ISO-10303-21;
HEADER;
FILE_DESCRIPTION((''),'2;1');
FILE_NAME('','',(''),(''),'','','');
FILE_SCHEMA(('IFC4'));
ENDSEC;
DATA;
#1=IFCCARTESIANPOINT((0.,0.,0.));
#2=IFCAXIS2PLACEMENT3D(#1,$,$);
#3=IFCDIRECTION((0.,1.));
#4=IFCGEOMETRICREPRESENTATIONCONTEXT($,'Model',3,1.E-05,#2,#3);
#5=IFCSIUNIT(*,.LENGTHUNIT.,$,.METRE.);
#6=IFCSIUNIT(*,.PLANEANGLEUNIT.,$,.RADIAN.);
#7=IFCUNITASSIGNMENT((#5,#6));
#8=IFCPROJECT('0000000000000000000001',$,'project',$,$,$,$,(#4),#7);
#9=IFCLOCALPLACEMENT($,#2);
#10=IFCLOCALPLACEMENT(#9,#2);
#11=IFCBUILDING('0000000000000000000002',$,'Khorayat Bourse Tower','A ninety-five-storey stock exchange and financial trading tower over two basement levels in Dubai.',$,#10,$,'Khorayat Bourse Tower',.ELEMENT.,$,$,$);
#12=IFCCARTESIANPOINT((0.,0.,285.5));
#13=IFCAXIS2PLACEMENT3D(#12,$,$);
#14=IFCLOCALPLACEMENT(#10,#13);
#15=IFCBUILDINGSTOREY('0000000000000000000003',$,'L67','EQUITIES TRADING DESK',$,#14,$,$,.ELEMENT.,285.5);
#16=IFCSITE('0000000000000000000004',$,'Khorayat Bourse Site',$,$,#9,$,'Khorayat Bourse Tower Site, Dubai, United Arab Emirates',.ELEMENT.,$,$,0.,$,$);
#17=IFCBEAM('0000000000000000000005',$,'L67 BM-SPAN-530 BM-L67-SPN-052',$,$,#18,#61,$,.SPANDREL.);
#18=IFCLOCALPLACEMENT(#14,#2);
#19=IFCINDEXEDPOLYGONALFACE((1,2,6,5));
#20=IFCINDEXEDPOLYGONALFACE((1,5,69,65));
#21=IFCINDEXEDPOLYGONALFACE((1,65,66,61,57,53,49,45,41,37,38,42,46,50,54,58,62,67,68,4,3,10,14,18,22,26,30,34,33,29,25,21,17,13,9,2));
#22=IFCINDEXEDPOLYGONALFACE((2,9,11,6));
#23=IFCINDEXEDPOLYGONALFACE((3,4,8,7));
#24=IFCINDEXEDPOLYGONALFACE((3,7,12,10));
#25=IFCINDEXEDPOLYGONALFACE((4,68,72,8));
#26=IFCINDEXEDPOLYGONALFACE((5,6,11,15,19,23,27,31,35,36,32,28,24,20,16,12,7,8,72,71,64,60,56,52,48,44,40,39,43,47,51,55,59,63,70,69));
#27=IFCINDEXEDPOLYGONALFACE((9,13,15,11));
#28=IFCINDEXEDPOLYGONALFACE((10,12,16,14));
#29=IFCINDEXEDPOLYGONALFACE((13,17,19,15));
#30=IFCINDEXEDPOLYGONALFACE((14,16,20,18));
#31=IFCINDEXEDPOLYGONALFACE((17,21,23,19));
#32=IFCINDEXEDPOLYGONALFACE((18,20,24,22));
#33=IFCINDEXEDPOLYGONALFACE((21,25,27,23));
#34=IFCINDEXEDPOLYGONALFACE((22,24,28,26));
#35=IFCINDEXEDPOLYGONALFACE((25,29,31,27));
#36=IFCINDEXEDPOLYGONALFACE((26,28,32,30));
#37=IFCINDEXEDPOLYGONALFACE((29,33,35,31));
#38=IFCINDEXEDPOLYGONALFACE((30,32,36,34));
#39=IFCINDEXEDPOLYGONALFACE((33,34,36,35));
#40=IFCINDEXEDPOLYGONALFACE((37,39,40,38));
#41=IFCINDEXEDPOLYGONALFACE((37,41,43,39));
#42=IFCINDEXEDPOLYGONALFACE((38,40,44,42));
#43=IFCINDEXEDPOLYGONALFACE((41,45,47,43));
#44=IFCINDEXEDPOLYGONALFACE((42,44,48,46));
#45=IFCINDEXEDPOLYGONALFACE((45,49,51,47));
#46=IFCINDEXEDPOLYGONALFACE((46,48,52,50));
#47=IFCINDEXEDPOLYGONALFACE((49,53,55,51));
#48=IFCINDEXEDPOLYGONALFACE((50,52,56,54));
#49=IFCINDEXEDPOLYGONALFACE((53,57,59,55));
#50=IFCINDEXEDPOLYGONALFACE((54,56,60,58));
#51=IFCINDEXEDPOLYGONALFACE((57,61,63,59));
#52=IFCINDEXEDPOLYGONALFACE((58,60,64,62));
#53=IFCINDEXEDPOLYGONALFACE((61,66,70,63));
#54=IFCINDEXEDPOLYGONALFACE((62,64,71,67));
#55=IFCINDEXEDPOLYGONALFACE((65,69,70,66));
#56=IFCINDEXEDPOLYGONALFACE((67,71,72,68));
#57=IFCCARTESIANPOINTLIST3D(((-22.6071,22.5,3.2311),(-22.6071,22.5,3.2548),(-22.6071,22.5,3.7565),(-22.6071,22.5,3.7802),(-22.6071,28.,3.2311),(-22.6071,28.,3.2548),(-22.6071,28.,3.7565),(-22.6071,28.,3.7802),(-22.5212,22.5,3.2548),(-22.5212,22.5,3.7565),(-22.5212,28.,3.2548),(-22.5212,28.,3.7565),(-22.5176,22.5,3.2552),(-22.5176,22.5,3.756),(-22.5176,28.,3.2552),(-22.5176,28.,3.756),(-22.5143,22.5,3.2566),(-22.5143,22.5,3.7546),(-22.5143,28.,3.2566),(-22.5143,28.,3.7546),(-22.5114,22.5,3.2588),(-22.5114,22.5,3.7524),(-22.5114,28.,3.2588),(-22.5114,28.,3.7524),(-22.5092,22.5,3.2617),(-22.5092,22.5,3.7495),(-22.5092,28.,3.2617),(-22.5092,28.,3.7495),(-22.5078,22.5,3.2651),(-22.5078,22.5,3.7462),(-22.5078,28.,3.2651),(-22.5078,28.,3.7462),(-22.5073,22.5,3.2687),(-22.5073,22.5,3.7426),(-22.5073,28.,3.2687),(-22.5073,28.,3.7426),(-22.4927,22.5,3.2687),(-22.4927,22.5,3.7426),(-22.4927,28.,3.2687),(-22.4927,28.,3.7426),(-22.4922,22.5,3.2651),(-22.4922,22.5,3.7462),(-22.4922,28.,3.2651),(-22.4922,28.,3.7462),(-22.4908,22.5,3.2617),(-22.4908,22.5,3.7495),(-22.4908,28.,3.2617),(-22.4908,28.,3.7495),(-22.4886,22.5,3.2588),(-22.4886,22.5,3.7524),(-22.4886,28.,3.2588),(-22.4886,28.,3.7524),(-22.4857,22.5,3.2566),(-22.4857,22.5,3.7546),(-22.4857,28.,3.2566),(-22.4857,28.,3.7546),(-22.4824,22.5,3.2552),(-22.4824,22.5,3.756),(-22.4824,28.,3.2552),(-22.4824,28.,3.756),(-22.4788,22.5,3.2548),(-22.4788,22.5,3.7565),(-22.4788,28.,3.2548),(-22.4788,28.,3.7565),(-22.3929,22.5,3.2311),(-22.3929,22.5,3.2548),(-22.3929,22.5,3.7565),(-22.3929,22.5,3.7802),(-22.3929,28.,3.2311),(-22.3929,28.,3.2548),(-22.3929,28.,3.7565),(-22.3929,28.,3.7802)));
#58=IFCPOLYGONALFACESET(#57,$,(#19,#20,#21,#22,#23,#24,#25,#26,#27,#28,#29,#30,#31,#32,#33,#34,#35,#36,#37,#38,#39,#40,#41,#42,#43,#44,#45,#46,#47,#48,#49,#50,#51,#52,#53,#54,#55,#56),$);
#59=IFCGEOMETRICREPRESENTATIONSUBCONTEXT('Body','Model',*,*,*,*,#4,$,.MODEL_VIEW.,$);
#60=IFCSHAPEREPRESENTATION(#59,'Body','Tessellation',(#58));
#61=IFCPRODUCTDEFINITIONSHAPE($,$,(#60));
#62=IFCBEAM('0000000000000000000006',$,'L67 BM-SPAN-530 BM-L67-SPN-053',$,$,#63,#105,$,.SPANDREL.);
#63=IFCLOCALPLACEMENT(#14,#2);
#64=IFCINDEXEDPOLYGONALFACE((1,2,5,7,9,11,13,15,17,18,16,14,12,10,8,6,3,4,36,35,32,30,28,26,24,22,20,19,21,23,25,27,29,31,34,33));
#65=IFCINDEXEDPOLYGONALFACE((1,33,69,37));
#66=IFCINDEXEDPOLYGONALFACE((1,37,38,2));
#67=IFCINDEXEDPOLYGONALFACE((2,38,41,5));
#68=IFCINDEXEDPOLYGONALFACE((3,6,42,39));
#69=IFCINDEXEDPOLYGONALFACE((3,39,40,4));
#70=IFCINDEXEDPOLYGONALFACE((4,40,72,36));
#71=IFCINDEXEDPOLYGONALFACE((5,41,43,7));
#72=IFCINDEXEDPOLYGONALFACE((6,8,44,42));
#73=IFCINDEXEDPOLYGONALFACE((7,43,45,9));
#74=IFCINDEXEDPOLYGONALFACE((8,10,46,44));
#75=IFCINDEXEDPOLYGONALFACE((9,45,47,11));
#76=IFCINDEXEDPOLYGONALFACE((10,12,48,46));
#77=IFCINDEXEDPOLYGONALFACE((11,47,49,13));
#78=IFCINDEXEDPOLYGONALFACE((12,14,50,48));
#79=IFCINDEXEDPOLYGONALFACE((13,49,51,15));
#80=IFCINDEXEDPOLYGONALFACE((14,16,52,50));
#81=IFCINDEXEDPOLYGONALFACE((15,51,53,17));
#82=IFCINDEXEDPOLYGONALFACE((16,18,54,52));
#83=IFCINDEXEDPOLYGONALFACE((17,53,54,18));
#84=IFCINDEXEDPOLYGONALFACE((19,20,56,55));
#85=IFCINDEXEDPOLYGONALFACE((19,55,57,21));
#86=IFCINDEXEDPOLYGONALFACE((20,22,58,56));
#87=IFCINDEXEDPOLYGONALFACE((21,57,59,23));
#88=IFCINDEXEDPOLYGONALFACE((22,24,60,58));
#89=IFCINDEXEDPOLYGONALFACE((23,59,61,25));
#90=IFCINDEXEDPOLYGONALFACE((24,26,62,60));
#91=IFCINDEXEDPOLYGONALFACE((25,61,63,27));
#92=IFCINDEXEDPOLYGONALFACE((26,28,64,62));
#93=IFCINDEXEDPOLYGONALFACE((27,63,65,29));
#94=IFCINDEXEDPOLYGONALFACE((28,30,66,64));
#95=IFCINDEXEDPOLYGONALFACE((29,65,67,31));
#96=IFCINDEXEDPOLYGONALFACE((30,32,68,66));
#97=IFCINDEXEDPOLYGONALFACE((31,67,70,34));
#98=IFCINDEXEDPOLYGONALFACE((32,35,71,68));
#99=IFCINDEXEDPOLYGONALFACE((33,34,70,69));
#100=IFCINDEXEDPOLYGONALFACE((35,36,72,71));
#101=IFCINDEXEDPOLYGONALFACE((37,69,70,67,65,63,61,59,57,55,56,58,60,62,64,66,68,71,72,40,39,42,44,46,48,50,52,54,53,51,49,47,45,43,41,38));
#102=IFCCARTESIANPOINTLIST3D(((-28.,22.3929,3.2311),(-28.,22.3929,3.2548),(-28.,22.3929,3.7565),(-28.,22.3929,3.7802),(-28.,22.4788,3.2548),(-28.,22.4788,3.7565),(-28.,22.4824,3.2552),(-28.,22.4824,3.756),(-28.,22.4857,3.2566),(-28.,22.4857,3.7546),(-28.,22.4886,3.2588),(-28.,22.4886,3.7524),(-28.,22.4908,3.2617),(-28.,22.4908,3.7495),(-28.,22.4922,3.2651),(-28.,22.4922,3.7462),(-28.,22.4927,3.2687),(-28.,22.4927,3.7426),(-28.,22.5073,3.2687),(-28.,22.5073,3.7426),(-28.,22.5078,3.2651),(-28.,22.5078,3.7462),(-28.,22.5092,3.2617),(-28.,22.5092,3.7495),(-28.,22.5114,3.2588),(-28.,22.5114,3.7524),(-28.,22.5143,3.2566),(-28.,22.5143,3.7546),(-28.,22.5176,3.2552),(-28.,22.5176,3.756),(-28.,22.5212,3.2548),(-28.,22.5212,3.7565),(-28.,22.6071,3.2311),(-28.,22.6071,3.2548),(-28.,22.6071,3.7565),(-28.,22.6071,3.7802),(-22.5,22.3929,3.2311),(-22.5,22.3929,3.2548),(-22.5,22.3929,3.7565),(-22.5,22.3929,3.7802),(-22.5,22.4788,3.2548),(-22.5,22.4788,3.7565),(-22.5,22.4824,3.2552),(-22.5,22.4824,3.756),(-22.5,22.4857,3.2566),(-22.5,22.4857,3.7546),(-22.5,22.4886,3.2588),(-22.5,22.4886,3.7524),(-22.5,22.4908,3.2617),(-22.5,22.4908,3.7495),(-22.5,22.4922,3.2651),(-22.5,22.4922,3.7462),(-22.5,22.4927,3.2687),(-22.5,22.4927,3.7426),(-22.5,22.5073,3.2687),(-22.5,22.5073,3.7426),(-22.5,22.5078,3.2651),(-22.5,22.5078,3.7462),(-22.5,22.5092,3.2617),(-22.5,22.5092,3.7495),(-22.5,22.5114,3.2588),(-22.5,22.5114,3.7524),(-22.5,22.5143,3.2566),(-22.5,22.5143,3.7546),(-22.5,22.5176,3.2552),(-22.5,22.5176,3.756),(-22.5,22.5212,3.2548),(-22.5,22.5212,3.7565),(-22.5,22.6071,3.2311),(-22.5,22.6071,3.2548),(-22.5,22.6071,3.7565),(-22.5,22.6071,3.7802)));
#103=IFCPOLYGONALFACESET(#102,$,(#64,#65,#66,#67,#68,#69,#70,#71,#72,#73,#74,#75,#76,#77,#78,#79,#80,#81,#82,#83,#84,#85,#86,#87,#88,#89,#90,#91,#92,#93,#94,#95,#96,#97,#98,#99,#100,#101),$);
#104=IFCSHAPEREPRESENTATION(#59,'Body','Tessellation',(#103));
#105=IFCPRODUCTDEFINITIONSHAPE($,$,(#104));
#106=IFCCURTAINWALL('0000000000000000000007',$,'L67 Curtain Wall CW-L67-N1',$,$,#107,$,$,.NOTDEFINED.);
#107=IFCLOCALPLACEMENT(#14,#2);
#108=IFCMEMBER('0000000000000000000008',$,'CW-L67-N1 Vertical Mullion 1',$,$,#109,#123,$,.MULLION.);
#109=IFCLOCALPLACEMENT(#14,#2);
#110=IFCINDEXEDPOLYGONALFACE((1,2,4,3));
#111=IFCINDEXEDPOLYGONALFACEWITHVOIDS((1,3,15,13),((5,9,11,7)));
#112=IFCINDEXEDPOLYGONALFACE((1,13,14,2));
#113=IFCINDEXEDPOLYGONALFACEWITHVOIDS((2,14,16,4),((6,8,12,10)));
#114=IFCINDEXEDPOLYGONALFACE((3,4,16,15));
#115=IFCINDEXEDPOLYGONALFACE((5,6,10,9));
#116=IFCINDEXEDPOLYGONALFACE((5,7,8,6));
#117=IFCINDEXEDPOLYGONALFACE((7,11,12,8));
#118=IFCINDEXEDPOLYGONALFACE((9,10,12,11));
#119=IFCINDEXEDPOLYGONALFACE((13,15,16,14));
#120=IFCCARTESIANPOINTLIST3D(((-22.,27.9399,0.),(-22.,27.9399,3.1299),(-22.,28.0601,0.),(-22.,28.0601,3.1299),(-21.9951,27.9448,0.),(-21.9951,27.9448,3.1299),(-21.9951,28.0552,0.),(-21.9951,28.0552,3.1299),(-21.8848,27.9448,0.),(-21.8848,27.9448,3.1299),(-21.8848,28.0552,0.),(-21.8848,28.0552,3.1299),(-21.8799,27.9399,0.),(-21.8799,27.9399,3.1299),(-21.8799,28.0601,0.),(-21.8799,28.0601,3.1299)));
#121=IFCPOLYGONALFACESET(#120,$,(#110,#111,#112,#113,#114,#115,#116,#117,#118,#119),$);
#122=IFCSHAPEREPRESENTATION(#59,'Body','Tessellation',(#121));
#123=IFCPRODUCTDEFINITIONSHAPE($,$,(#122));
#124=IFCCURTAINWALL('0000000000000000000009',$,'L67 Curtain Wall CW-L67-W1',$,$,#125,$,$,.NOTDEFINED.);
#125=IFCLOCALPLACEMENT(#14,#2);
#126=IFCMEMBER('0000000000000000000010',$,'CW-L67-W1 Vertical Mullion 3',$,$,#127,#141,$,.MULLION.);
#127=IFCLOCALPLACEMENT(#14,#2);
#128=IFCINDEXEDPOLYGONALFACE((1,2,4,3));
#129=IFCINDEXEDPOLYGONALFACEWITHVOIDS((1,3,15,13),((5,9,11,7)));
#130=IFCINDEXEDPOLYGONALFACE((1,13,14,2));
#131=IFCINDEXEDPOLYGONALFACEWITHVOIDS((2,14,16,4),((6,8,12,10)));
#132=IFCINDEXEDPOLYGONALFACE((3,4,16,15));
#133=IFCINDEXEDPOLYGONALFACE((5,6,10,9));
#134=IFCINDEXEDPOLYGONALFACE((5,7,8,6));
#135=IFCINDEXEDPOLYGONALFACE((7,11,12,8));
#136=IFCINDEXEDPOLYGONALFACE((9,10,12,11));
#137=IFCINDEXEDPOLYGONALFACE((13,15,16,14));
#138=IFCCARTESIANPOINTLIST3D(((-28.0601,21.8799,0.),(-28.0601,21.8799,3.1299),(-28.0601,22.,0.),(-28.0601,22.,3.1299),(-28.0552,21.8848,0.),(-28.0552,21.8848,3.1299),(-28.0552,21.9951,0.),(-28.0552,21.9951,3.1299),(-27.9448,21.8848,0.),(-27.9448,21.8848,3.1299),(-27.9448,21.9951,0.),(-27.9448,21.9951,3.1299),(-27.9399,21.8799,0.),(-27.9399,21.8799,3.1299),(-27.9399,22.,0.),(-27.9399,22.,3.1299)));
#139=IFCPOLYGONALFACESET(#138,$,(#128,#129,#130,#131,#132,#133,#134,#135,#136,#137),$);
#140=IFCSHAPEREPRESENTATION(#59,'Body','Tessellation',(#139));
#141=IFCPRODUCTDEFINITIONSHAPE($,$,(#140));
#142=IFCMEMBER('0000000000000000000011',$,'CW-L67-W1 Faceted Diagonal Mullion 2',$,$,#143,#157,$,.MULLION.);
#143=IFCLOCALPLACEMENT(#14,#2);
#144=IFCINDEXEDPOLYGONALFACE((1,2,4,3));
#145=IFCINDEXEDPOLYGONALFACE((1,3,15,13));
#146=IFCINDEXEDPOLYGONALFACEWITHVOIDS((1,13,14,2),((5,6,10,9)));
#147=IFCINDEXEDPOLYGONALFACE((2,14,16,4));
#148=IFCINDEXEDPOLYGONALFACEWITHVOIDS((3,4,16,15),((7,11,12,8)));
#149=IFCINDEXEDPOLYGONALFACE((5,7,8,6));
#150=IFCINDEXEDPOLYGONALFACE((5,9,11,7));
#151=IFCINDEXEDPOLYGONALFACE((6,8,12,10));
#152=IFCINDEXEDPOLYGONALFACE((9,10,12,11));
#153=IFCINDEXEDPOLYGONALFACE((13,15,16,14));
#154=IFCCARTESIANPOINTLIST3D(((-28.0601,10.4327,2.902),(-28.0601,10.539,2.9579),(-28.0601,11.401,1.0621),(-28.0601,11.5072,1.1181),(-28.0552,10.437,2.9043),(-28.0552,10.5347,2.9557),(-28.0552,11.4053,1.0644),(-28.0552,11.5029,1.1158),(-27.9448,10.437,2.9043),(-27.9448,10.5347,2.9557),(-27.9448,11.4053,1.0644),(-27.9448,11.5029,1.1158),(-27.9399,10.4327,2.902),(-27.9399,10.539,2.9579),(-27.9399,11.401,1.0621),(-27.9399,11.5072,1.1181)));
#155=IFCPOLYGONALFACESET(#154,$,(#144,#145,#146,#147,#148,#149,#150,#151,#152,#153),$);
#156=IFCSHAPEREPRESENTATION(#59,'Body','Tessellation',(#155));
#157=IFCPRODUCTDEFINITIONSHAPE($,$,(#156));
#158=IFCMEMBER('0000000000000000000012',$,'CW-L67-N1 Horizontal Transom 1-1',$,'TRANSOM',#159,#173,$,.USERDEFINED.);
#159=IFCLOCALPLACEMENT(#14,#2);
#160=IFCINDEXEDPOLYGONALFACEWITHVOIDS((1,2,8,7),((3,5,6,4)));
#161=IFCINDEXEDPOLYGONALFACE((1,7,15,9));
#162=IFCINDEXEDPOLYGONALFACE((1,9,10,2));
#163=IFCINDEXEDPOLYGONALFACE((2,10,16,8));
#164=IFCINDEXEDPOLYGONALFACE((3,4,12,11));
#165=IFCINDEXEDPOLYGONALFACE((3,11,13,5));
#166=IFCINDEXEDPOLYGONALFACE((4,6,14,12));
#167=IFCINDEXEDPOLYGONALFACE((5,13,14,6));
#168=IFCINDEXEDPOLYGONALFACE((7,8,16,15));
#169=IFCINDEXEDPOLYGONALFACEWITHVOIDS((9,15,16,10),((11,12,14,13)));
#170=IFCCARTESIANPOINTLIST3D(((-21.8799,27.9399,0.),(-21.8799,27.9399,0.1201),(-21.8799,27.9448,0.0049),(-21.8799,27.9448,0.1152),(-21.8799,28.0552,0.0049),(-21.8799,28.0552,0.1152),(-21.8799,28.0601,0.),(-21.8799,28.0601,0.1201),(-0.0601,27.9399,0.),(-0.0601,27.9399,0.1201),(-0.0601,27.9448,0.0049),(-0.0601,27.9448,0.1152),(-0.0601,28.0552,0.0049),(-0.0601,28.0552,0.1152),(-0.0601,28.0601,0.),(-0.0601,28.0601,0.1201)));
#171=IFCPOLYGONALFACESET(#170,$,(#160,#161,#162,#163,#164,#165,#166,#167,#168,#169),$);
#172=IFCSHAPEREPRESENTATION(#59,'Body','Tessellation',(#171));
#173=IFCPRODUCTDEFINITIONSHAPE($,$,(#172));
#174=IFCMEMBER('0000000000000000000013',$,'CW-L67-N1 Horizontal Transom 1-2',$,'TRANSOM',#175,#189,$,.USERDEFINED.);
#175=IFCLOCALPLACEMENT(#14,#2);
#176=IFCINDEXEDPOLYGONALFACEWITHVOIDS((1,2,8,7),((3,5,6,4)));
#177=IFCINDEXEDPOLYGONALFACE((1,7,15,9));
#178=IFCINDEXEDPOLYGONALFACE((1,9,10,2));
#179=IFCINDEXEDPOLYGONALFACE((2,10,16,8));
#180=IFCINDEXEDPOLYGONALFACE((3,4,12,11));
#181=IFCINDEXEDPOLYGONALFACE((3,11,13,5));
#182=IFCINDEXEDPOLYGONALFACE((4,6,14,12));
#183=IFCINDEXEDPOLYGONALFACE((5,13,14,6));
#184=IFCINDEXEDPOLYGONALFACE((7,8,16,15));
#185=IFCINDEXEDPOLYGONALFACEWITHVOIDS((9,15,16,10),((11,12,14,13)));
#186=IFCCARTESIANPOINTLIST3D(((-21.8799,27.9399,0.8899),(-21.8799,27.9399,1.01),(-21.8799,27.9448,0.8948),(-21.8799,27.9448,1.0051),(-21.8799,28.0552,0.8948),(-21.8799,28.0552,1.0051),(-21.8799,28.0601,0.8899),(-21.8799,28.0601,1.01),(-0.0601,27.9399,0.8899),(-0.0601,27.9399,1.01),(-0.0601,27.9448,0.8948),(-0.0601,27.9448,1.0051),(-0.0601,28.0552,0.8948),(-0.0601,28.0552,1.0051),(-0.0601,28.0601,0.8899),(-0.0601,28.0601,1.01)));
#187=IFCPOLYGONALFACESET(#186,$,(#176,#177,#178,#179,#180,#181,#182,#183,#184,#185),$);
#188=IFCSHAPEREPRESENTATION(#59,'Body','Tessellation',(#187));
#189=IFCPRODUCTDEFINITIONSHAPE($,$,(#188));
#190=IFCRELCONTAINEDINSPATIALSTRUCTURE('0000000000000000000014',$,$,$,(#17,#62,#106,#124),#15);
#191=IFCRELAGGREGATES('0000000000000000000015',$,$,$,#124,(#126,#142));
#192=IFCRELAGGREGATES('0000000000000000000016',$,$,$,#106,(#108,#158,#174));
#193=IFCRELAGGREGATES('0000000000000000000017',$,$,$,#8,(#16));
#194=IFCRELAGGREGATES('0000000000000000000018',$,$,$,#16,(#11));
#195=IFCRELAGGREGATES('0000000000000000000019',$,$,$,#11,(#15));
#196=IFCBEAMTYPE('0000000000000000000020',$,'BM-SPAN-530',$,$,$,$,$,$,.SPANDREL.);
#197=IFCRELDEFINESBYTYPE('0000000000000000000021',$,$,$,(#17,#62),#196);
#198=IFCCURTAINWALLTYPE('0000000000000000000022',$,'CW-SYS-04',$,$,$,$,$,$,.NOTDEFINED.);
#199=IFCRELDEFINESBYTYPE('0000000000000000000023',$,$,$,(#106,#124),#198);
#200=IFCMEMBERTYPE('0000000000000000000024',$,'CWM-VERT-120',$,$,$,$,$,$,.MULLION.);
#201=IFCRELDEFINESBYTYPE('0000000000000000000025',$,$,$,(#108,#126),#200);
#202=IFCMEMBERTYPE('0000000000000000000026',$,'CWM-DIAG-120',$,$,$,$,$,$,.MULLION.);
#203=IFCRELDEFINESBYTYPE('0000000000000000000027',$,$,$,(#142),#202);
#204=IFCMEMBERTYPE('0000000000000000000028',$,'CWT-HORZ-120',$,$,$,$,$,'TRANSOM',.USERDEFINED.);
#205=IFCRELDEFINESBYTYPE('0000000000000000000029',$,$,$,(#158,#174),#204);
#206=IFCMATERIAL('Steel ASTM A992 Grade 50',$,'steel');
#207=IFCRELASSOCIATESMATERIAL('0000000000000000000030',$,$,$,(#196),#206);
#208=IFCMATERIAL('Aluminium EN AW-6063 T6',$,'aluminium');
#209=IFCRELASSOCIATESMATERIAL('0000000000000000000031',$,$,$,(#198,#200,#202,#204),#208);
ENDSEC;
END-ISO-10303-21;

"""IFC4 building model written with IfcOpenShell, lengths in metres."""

from ifc_helpers import new_model, si_unit, direction, frame, origin, origin_2d, place, context, subcontext, project, spatial, hollow_rectangle, i_section, extrude, source, transform, mapped, material, material_profile, profile_set, type_object, element, aggregate, save


model = new_model("IFC4")

# Units and contexts
model_context = context("Model", 3, precision=1e-05, world=origin(), true_north=direction((0.0, 1.0)))
body_context = subcontext(model_context, "Body", "Model", "MODEL_VIEW")
ifc_project = project(units=[si_unit("LENGTHUNIT", "METRE"), si_unit("PLANEANGLEUNIT", "RADIAN")], contexts=[model_context])

# Site, building, storey
site_placement = place(None, origin())
site = spatial("IfcSite", under=ifc_project, at=site_placement, Name="Khorayat Bourse Site", LongName="Khorayat Bourse Tower Site, Dubai, United Arab Emirates", CompositionType="ELEMENT", RefElevation=0.0)
building_placement = place(site_placement, origin())
building = spatial("IfcBuilding", under=site, at=building_placement, Name="Khorayat Bourse Tower", Description="A ninety-five-storey stock exchange and financial trading tower over two basement levels in Dubai.", LongName="Khorayat Bourse Tower", CompositionType="ELEMENT")
storey_placement = place(building_placement, frame((0.0, 0.0, 285.5)))
storey = spatial("IfcBuildingStorey", under=building, at=storey_placement, Name="L67", Description="EQUITIES TRADING DESK", CompositionType="ELEMENT", Elevation=285.5)

# Beams
ifc_material_1 = material(Name="Steel ASTM A992 Grade 50", Category="steel")
ifc_material_profile_1 = material_profile(ifc_material_1, i_section(OverallWidth=0.2141, OverallDepth=0.5491, WebThickness=0.0146, FlangeThickness=0.0237, FilletRadius=0.0139, at=origin_2d()), Name="W530X138")
ifc_profile_set_1 = profile_set([ifc_material_profile_1], Name="Steel ASTM A992 Grade 50")
beam_type_1 = type_object("IfcBeamType", Name="BM-SPAN-530", PredefinedType="SPANDREL", material=ifc_profile_set_1)
shared_shape_1 = source(origin(), body_context, "Body", "SweptSolid", [
    extrude(i_section(OverallWidth=0.2141, OverallDepth=0.5491, WebThickness=0.0146, FlangeThickness=0.0237, FilletRadius=0.0139, at=origin_2d()), origin(), (0.0, 0.0, 1.0), 5.5),
])
for number, where, z_axis, x_axis, name in (
    (1, (-22.5, 22.5, 3.5056), (0.0, 1.0, 0.0), (-1.0, 0.0, 0.0), "L67 BM-SPAN-530 BM-L67-SPN-052"),
    (2, (-28.0, 22.5, 3.5056), (1.0, 0.0, 0.0), (0.0, 1.0, 0.0), "L67 BM-SPAN-530 BM-L67-SPN-053"),
):
    element("IfcBeam", number, at=place(storey_placement, frame(where, z_axis=z_axis, x_axis=x_axis)), inside=storey, type_object=beam_type_1, Name=name, PredefinedType="SPANDREL", context=body_context, shape_type="MappedRepresentation", body=[
        mapped(shared_shape_1, transform((0.0, 0.0, 0.0), scale=1.0)),
    ])

# Curtain wall, member
ifc_material_2 = material(Name="Aluminium EN AW-6063 T6", Category="aluminium")
curtain_wall_type = type_object("IfcCurtainWallType", Name="CW-SYS-04", PredefinedType="NOTDEFINED", material=ifc_material_2)
curtain_wall_1_placement = place(storey_placement, origin())
curtain_wall_1 = element("IfcCurtainWall", 3, at=curtain_wall_1_placement, inside=storey, type_object=curtain_wall_type, Name="L67 Curtain Wall CW-L67-N1", PredefinedType="NOTDEFINED")
ifc_material_profile_2 = material_profile(ifc_material_2, hollow_rectangle(XDim=0.1201, YDim=0.1201, WallThickness=0.0049, at=origin_2d()), Name="ALU 120x120x5")
ifc_profile_set_2 = profile_set([ifc_material_profile_2], Name="Aluminium EN AW-6063 T6")
member_type_1 = type_object("IfcMemberType", Name="CWM-VERT-120", PredefinedType="MULLION", material=ifc_profile_set_2)
shared_shape_2 = source(origin(), body_context, "Body", "SweptSolid", [
    extrude(hollow_rectangle(XDim=0.1201, YDim=0.1201, WallThickness=0.0049, at=origin_2d()), origin(), (0.0, 0.0, 1.0), 3.1299),
])
member_1_placement = place(storey_placement, frame((-21.9399, 28.0, 0.0), z_axis=(0.0, 0.0, 1.0), x_axis=(0.0, 1.0, 0.0)))
member_1 = element("IfcMember", 4, at=member_1_placement, type_object=member_type_1, Name="CW-L67-N1 Vertical Mullion 1", PredefinedType="MULLION", context=body_context, shape_type="MappedRepresentation", body=[
    mapped(shared_shape_2, transform((0.0, 0.0, 0.0), scale=1.0)),
])

# Curtain wall, members
curtain_wall_2_placement = place(storey_placement, origin())
curtain_wall_2 = element("IfcCurtainWall", 5, at=curtain_wall_2_placement, inside=storey, type_object=curtain_wall_type, Name="L67 Curtain Wall CW-L67-W1", PredefinedType="NOTDEFINED")
member_2_placement = place(storey_placement, frame((-28.0, 21.9399, 0.0), z_axis=(0.0, 0.0, 1.0), x_axis=(-1.0, 0.0, 0.0)))
member_2 = element("IfcMember", 6, at=member_2_placement, type_object=member_type_1, Name="CW-L67-W1 Vertical Mullion 3", PredefinedType="MULLION", context=body_context, shape_type="MappedRepresentation", body=[
    mapped(shared_shape_2, transform((0.0, 0.0, 0.0), scale=1.0)),
])
ifc_material_profile_3 = material_profile(ifc_material_2, hollow_rectangle(XDim=0.1201, YDim=0.1201, WallThickness=0.0049, at=origin_2d()), Name="ALU 120x120x5")
ifc_profile_set_3 = profile_set([ifc_material_profile_3], Name="Aluminium EN AW-6063 T6")
member_type_2 = type_object("IfcMemberType", Name="CWM-DIAG-120", PredefinedType="MULLION", material=ifc_profile_set_3)
shared_shape_3 = source(origin(), body_context, "Body", "SweptSolid", [
    extrude(hollow_rectangle(XDim=0.1201, YDim=0.1201, WallThickness=0.0049, at=origin_2d()), origin(), (0.0, 0.0, 1.0), 2.0791),
])
member_3_placement = place(storey_placement, frame((-28.0, 11.4541, 1.0901), z_axis=(0.0, -0.465717, 0.884934), x_axis=(1.0, 0.0, 0.0)))
member_3 = element("IfcMember", 7, at=member_3_placement, type_object=member_type_2, Name="CW-L67-W1 Faceted Diagonal Mullion 2", PredefinedType="MULLION", context=body_context, shape_type="MappedRepresentation", body=[
    mapped(shared_shape_3, transform((0.0, 0.0, 0.0), scale=1.0)),
])
aggregate(curtain_wall_2, [member_2, member_3])

# Members
ifc_material_profile_4 = material_profile(ifc_material_2, hollow_rectangle(XDim=0.1201, YDim=0.1201, WallThickness=0.0049, at=origin_2d()), Name="ALU 120x120x5")
ifc_profile_set_4 = profile_set([ifc_material_profile_4], Name="Aluminium EN AW-6063 T6")
member_type_3 = type_object("IfcMemberType", Name="CWT-HORZ-120", ElementType="TRANSOM", PredefinedType="USERDEFINED", material=ifc_profile_set_4)
shared_shape_4 = source(origin(), body_context, "Body", "SweptSolid", [
    extrude(hollow_rectangle(XDim=0.1201, YDim=0.1201, WallThickness=0.0049, at=origin_2d()), origin(), (0.0, 0.0, 1.0), 21.8198),
])
member_4_placement = place(storey_placement, frame((-21.8799, 28.0, 0.0601), z_axis=(1.0, 0.0, 0.0), x_axis=(0.0, 1.0, 0.0)))
member_4 = element("IfcMember", 8, at=member_4_placement, type_object=member_type_3, Name="CW-L67-N1 Horizontal Transom 1-1", ObjectType="TRANSOM", PredefinedType="USERDEFINED", context=body_context, shape_type="MappedRepresentation", body=[
    mapped(shared_shape_4, transform((0.0, 0.0, 0.0), scale=1.0)),
])
member_5_placement = place(storey_placement, frame((-21.8799, 28.0, 0.95), z_axis=(1.0, 0.0, 0.0), x_axis=(0.0, 1.0, 0.0)))
member_5 = element("IfcMember", 9, at=member_5_placement, type_object=member_type_3, Name="CW-L67-N1 Horizontal Transom 1-2", ObjectType="TRANSOM", PredefinedType="USERDEFINED", context=body_context, shape_type="MappedRepresentation", body=[
    mapped(shared_shape_4, transform((0.0, 0.0, 0.0), scale=1.0)),
])
aggregate(curtain_wall_1, [member_1, member_4, member_5])

save(model, "model.ifc")
